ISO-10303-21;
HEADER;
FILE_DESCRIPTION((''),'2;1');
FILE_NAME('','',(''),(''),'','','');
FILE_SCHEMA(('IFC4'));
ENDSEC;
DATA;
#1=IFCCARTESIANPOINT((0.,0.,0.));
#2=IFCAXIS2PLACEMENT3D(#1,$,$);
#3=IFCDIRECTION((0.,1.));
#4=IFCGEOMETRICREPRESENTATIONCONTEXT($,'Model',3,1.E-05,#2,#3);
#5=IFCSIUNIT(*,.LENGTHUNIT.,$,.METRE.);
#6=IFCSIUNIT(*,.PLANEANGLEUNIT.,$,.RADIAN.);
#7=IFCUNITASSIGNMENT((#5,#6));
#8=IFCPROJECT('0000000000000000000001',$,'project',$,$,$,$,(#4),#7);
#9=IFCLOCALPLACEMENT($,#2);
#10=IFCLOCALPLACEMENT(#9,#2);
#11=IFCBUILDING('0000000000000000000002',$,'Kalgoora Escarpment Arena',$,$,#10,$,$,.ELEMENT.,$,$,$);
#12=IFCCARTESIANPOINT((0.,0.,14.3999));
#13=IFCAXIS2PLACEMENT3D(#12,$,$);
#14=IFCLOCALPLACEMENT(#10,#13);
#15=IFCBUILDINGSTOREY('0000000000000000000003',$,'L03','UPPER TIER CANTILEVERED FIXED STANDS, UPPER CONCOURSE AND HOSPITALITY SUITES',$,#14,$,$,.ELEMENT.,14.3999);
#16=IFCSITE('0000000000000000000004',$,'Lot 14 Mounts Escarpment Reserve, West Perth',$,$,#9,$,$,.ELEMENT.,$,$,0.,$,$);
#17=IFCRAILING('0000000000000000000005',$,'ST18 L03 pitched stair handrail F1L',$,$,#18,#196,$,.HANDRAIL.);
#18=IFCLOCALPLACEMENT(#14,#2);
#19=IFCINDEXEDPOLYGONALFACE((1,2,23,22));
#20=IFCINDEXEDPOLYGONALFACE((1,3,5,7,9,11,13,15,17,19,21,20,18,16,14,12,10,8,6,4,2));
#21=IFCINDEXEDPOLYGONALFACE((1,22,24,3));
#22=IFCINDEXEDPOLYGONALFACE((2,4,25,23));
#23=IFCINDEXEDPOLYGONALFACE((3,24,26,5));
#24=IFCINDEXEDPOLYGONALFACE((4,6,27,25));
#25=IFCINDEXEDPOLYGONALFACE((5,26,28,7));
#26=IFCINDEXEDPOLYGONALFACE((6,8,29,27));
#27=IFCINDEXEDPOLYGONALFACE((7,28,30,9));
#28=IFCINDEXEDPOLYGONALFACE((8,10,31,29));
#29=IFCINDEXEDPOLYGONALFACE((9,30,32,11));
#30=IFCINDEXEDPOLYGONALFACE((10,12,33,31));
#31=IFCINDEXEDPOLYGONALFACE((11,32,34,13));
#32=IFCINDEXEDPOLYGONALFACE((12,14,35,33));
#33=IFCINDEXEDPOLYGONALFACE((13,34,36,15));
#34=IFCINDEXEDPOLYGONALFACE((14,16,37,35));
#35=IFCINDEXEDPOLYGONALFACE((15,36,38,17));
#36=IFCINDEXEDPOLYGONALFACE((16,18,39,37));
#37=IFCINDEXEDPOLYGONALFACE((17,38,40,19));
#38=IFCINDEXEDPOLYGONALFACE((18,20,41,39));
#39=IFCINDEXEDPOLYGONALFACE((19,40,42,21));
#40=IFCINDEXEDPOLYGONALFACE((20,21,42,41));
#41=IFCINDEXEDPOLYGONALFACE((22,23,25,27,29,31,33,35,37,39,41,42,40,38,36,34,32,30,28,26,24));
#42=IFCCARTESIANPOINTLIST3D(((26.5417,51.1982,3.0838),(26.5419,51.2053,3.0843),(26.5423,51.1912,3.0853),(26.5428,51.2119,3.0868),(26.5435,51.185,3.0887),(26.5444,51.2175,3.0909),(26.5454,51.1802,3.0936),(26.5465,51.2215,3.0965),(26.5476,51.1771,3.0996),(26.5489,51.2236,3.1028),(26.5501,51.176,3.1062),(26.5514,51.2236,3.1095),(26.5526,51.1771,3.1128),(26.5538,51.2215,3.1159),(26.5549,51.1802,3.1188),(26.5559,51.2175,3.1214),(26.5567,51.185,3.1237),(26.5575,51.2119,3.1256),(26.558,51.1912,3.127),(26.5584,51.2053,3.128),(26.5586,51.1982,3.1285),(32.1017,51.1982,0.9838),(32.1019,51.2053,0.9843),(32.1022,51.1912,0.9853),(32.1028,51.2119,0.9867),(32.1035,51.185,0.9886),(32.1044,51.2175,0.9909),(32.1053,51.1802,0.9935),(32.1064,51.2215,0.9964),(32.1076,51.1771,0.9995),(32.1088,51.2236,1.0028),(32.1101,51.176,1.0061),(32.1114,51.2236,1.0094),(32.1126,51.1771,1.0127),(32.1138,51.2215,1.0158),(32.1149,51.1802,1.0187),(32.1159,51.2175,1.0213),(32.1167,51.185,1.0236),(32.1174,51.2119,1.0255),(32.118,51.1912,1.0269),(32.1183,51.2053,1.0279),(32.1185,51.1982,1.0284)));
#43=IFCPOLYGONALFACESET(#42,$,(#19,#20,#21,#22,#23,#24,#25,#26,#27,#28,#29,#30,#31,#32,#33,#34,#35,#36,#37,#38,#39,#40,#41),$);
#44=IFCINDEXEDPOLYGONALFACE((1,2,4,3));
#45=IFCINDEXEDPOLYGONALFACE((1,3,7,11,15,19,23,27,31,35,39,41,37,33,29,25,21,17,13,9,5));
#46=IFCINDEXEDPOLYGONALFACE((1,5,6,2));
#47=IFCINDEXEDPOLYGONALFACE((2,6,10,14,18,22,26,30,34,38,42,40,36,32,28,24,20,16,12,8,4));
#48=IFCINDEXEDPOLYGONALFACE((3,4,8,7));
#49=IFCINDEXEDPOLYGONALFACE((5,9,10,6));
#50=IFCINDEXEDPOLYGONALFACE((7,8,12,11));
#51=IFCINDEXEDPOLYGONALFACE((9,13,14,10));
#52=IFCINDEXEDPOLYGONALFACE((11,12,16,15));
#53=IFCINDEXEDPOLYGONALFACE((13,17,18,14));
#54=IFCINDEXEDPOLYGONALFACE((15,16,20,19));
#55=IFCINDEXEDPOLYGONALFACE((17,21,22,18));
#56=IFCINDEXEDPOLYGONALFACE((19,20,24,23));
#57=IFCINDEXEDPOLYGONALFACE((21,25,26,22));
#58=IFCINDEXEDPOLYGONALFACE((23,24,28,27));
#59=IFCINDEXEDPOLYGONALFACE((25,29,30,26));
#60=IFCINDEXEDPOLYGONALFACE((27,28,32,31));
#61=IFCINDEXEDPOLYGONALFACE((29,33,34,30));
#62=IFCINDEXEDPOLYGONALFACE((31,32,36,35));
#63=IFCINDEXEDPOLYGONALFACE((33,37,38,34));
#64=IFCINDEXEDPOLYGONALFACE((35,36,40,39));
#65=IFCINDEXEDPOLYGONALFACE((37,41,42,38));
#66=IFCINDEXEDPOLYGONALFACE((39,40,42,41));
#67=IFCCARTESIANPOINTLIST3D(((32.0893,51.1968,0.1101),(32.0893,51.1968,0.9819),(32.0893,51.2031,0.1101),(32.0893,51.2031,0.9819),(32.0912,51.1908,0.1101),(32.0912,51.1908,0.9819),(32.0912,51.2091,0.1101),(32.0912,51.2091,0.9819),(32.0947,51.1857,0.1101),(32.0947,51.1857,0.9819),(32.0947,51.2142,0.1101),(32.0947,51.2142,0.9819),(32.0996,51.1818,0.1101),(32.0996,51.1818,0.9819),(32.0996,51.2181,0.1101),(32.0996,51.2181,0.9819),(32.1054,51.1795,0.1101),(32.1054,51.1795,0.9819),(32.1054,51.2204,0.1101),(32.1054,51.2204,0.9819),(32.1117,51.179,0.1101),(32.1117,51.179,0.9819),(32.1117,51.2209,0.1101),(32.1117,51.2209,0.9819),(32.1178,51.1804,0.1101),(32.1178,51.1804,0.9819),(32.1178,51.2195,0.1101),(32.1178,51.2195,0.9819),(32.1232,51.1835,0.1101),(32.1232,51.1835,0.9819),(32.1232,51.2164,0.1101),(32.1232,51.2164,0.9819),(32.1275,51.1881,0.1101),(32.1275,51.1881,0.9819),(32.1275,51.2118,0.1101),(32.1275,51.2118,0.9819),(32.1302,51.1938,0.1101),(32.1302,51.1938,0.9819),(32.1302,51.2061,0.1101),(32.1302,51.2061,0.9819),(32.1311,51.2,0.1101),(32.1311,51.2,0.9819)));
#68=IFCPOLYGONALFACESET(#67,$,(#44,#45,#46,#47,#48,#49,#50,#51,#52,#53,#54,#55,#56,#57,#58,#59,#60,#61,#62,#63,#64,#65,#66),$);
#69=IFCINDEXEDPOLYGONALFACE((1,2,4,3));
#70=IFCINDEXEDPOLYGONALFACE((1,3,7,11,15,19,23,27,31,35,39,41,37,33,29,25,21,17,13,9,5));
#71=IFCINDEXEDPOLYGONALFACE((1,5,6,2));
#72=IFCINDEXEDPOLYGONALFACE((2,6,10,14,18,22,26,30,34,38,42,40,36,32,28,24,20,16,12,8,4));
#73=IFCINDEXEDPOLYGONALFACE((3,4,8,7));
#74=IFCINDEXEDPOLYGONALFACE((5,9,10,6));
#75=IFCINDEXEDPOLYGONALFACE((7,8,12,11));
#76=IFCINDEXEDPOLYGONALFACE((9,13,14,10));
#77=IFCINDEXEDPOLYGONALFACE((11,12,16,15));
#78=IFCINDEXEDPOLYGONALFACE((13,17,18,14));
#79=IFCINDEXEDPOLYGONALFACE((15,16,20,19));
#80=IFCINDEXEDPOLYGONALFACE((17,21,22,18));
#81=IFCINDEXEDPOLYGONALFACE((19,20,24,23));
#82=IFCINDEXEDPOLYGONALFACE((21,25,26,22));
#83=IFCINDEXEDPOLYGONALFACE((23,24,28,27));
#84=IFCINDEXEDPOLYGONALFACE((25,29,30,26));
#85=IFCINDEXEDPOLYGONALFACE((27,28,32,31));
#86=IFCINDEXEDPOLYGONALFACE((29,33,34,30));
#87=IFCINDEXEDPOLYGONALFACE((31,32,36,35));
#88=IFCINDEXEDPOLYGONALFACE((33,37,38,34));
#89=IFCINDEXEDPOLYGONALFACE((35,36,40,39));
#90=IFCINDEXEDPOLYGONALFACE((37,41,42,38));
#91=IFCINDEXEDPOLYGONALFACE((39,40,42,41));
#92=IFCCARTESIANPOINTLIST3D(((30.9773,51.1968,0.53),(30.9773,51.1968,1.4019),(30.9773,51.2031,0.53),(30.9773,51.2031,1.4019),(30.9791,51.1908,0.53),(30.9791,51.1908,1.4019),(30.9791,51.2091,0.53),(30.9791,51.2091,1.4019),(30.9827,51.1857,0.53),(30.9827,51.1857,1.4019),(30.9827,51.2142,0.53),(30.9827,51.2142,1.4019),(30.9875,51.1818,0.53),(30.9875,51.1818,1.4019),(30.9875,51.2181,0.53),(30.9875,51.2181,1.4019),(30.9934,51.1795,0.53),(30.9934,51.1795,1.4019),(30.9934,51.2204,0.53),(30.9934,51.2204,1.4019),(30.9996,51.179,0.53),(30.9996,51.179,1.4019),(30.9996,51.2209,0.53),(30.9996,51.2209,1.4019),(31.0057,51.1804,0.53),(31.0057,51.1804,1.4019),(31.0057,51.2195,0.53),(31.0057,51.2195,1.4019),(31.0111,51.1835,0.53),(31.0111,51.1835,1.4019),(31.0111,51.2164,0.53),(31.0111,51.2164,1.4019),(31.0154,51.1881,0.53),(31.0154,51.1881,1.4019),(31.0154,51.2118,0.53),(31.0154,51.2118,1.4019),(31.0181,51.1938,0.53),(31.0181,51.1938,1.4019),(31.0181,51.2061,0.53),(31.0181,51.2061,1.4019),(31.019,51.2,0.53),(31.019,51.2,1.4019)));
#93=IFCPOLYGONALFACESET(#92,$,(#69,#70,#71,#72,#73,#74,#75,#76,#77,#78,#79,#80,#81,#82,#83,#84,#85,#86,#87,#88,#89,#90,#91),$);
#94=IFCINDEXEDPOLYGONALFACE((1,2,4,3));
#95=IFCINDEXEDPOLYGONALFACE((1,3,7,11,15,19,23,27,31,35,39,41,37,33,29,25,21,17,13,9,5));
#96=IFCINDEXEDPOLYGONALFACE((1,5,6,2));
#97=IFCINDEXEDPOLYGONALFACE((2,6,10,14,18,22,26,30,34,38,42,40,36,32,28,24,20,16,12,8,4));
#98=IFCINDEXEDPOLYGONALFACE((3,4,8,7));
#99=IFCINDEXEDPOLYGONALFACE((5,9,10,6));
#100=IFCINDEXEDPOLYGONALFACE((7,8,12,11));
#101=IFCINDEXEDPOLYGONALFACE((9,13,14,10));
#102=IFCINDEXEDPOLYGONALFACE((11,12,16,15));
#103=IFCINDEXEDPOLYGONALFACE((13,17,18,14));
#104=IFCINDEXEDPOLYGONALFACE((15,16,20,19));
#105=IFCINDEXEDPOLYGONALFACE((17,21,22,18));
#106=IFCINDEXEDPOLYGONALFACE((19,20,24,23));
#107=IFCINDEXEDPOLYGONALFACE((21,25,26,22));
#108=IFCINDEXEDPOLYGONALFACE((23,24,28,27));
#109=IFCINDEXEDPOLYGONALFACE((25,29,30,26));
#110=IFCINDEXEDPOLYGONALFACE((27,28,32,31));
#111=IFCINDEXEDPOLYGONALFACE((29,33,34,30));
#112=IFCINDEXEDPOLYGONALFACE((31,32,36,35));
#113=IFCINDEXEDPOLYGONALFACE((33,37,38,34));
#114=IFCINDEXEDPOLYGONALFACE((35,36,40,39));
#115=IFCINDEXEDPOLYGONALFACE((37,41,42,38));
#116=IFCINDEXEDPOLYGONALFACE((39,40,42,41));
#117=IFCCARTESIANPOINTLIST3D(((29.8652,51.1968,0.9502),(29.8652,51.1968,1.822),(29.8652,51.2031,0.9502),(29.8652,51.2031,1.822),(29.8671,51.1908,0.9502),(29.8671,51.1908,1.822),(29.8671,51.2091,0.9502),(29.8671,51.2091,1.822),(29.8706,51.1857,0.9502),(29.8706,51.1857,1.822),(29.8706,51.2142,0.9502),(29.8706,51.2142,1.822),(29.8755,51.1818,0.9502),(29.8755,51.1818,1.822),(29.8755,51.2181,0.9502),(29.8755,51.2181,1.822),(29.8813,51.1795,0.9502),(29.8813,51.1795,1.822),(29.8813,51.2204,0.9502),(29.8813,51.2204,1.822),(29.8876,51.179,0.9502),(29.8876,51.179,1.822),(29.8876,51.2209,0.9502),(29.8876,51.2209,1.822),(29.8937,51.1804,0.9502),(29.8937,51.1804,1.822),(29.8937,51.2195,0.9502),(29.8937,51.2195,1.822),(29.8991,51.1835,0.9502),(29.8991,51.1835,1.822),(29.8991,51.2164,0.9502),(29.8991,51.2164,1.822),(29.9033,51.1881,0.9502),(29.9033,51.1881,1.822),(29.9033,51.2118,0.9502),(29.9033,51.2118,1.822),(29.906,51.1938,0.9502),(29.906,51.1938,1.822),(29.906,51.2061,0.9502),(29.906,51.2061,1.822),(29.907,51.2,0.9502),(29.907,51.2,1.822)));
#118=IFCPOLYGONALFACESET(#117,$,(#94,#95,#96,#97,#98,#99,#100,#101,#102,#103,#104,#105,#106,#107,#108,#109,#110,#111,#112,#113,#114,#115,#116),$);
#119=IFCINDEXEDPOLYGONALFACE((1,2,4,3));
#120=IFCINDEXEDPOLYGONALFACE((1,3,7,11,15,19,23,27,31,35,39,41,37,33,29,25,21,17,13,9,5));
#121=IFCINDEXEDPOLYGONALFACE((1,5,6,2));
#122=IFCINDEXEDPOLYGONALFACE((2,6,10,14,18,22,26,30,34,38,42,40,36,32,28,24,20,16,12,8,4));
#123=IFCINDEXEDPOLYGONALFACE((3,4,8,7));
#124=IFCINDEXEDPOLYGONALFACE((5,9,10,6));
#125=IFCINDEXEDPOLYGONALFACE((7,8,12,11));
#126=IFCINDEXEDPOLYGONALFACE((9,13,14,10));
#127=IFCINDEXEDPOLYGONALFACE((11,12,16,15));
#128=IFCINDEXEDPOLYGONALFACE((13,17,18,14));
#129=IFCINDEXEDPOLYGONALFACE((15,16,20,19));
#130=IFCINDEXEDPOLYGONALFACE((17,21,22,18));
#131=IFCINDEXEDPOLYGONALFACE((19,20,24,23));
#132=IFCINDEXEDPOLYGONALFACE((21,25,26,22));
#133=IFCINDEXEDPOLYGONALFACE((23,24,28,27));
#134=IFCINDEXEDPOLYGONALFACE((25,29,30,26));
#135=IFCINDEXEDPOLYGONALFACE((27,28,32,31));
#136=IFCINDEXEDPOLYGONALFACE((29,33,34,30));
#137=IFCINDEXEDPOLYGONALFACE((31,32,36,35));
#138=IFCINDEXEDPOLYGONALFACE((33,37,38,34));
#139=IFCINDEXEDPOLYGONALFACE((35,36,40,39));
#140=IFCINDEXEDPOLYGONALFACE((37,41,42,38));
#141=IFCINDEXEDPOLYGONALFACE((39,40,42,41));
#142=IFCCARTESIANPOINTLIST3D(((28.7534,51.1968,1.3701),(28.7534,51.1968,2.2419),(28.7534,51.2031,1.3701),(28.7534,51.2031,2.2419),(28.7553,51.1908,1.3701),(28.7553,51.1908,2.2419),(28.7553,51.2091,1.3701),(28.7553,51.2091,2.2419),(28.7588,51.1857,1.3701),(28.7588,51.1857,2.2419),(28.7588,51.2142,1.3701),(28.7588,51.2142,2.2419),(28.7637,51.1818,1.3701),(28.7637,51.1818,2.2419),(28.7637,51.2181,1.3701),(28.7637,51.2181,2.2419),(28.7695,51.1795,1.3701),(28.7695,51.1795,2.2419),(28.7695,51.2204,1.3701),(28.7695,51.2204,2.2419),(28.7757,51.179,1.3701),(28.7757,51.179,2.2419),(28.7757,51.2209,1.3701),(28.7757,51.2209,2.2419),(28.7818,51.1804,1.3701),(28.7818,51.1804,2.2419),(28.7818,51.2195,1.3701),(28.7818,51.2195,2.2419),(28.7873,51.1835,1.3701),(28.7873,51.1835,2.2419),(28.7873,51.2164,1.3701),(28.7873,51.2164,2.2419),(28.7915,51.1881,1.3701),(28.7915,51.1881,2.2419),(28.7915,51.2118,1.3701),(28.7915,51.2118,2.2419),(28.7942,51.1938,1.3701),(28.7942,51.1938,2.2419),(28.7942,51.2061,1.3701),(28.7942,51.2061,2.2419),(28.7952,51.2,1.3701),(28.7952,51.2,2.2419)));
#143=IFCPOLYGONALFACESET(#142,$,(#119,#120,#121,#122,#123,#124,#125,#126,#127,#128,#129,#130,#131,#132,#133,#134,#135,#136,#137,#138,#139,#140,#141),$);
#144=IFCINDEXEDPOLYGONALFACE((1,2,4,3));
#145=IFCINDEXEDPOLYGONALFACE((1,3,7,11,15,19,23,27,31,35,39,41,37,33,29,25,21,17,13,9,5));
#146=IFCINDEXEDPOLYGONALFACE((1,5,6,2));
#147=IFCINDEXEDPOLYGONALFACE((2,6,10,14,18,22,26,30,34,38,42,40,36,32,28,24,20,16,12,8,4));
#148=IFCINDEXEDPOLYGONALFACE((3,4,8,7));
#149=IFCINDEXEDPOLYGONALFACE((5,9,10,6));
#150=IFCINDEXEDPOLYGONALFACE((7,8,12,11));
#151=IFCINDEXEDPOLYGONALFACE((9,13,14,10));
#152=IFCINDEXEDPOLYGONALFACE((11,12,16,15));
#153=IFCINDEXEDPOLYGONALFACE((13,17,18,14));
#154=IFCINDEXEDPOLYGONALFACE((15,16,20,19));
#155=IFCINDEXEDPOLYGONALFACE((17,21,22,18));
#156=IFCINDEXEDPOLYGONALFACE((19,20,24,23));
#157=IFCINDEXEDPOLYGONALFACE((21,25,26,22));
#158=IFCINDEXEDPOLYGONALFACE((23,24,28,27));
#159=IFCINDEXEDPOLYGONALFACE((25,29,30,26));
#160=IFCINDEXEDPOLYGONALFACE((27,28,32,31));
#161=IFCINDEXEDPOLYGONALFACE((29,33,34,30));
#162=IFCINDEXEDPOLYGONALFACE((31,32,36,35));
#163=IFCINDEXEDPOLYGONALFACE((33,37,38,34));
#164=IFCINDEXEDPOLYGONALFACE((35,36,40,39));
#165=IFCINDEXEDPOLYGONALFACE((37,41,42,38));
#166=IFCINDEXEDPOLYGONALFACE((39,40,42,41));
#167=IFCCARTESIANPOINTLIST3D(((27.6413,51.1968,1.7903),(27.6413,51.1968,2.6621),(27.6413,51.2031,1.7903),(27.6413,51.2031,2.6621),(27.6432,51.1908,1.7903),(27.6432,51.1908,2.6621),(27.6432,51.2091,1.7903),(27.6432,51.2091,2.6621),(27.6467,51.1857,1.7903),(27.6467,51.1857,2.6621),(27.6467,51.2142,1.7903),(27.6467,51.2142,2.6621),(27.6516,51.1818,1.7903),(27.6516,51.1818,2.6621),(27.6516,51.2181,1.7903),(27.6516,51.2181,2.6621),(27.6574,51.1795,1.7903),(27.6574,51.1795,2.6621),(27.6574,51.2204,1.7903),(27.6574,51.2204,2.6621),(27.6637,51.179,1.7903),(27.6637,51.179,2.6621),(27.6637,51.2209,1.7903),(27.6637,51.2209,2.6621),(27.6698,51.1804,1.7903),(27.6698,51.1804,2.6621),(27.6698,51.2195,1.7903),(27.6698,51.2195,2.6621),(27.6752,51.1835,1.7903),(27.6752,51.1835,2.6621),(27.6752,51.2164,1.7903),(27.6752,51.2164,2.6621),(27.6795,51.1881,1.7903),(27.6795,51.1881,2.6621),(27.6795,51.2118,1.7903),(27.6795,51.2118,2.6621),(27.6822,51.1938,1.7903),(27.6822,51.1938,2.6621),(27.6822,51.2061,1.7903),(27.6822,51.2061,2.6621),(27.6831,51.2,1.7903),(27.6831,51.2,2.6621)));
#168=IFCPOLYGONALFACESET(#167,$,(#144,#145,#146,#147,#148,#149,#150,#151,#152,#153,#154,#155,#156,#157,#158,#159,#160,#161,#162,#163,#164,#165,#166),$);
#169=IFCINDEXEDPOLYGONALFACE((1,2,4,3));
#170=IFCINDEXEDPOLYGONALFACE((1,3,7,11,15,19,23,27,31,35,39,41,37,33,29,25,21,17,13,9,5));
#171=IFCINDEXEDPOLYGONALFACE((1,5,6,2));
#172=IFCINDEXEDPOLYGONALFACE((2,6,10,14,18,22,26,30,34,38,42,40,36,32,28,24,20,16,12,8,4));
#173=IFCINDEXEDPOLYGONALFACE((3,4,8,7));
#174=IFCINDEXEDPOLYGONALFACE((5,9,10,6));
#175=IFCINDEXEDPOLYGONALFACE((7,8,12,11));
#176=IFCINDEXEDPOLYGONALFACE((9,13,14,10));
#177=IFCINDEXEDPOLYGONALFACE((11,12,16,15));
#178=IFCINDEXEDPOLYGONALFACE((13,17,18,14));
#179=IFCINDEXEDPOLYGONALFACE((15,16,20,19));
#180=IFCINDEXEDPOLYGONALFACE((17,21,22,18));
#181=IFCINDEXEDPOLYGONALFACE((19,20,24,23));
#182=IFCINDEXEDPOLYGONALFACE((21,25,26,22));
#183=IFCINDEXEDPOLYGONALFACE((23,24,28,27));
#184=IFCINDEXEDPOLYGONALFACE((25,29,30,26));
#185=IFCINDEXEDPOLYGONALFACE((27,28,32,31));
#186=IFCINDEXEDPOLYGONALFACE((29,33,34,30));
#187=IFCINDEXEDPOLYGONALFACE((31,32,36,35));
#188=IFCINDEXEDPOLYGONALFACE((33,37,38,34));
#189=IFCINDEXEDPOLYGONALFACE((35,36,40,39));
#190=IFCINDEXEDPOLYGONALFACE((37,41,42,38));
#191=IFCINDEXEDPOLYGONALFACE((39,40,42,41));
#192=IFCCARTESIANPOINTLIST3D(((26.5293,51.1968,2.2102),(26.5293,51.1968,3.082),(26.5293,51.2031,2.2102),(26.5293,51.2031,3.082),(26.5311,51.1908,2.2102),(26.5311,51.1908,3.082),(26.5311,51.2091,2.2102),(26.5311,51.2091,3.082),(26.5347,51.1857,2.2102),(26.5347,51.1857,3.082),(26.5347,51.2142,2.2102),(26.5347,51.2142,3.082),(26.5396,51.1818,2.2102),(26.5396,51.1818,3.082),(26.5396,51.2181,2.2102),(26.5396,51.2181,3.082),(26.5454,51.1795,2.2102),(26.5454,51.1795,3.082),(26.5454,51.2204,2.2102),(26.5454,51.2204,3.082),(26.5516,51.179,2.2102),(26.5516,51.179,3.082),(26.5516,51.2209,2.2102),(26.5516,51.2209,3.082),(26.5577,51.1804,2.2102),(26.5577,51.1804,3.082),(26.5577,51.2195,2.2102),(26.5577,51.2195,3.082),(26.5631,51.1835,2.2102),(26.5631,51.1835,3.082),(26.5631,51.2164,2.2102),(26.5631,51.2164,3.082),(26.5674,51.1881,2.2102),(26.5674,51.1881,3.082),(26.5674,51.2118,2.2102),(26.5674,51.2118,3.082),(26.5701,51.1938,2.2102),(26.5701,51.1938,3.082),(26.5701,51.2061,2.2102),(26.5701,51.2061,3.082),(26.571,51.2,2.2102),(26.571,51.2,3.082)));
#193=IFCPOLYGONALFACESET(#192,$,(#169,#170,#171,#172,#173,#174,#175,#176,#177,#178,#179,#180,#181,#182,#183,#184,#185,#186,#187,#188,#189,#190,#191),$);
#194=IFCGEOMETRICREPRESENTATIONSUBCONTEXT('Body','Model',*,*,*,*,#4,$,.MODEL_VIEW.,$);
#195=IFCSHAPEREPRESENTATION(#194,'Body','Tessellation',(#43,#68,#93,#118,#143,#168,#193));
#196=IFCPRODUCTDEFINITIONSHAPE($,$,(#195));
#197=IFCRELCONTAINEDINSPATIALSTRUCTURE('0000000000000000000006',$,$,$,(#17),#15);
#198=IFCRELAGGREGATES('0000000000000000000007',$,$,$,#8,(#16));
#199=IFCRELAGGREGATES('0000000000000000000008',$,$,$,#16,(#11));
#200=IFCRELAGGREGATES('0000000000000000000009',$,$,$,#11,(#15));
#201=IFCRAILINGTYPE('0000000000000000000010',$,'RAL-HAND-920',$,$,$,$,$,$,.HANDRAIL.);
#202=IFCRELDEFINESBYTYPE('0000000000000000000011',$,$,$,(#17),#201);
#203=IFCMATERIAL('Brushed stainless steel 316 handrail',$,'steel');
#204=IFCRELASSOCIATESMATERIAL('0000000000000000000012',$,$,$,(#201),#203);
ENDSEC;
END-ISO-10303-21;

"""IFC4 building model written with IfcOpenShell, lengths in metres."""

from ifc_helpers import new_model, si_unit, direction, frame, origin, origin_2d, place, context, subcontext, project, spatial, circle, extrude, material, type_object, element, save


model = new_model("IFC4")

# Units and contexts
model_context = context("Model", 3, precision=1e-05, world=origin(), true_north=direction((0.0, 1.0)))
body_context = subcontext(model_context, "Body", "Model", "MODEL_VIEW")
ifc_project = project(units=[si_unit("LENGTHUNIT", "METRE"), si_unit("PLANEANGLEUNIT", "RADIAN")], contexts=[model_context])

# Site, building, storey
site_placement = place(None, origin())
site = spatial("IfcSite", under=ifc_project, at=site_placement, Name="Lot 14 Mounts Escarpment Reserve, West Perth", CompositionType="ELEMENT", RefElevation=0.0)
building_placement = place(site_placement, origin())
building = spatial("IfcBuilding", under=site, at=building_placement, Name="Kalgoora Escarpment Arena", CompositionType="ELEMENT")
storey_placement = place(building_placement, frame((0.0, 0.0, 14.3999)))
storey = spatial("IfcBuildingStorey", under=building, at=storey_placement, Name="L03", Description="UPPER TIER CANTILEVERED FIXED STANDS, UPPER CONCOURSE AND HOSPITALITY SUITES", CompositionType="ELEMENT", Elevation=14.3999)

# Railing
ifc_material_1 = material(Name="Brushed stainless steel 316 handrail", Category="steel")
railing_type_1 = type_object("IfcRailingType", Name="RAL-HAND-920", PredefinedType="HANDRAIL", material=ifc_material_1)
for number, where, name in (
    (1, (32.1101, 51.2, 0.1101), "ST18 L03 pitched stair handrail F1L"),
):
    element("IfcRailing", number, at=place(storey_placement, frame(where)), inside=storey, type_object=railing_type_1, Name=name, PredefinedType="HANDRAIL", context=body_context, shape_type="SweptSolid", body=[
        extrude(circle(Radius=0.0239, at=origin_2d()), frame((0.0, 0.0, 0.896), z_axis=(-0.935493, 0.0, 0.353346), x_axis=(0.0, -1.0, 0.0)), (0.0, 0.0, 1.0), 5.9434),
        extrude(circle(Radius=0.021, at=origin_2d()), origin(), (0.0, 0.0, 1.0), 0.8718),
        extrude(circle(Radius=0.021, at=origin_2d()), frame((-1.1121, 0.0, 0.4199)), (0.0, 0.0, 1.0), 0.8718),
        extrude(circle(Radius=0.021, at=origin_2d()), frame((-2.2241, 0.0, 0.8401)), (0.0, 0.0, 1.0), 0.8718),
        extrude(circle(Radius=0.021, at=origin_2d()), frame((-3.3359, 0.0, 1.26)), (0.0, 0.0, 1.0), 0.8718),
        extrude(circle(Radius=0.021, at=origin_2d()), frame((-4.448, 0.0, 1.6802)), (0.0, 0.0, 1.0), 0.8718),
        extrude(circle(Radius=0.021, at=origin_2d()), frame((-5.5601, 0.0, 2.1001)), (0.0, 0.0, 1.0), 0.8718),
    ])

save(model, "model.ifc")
